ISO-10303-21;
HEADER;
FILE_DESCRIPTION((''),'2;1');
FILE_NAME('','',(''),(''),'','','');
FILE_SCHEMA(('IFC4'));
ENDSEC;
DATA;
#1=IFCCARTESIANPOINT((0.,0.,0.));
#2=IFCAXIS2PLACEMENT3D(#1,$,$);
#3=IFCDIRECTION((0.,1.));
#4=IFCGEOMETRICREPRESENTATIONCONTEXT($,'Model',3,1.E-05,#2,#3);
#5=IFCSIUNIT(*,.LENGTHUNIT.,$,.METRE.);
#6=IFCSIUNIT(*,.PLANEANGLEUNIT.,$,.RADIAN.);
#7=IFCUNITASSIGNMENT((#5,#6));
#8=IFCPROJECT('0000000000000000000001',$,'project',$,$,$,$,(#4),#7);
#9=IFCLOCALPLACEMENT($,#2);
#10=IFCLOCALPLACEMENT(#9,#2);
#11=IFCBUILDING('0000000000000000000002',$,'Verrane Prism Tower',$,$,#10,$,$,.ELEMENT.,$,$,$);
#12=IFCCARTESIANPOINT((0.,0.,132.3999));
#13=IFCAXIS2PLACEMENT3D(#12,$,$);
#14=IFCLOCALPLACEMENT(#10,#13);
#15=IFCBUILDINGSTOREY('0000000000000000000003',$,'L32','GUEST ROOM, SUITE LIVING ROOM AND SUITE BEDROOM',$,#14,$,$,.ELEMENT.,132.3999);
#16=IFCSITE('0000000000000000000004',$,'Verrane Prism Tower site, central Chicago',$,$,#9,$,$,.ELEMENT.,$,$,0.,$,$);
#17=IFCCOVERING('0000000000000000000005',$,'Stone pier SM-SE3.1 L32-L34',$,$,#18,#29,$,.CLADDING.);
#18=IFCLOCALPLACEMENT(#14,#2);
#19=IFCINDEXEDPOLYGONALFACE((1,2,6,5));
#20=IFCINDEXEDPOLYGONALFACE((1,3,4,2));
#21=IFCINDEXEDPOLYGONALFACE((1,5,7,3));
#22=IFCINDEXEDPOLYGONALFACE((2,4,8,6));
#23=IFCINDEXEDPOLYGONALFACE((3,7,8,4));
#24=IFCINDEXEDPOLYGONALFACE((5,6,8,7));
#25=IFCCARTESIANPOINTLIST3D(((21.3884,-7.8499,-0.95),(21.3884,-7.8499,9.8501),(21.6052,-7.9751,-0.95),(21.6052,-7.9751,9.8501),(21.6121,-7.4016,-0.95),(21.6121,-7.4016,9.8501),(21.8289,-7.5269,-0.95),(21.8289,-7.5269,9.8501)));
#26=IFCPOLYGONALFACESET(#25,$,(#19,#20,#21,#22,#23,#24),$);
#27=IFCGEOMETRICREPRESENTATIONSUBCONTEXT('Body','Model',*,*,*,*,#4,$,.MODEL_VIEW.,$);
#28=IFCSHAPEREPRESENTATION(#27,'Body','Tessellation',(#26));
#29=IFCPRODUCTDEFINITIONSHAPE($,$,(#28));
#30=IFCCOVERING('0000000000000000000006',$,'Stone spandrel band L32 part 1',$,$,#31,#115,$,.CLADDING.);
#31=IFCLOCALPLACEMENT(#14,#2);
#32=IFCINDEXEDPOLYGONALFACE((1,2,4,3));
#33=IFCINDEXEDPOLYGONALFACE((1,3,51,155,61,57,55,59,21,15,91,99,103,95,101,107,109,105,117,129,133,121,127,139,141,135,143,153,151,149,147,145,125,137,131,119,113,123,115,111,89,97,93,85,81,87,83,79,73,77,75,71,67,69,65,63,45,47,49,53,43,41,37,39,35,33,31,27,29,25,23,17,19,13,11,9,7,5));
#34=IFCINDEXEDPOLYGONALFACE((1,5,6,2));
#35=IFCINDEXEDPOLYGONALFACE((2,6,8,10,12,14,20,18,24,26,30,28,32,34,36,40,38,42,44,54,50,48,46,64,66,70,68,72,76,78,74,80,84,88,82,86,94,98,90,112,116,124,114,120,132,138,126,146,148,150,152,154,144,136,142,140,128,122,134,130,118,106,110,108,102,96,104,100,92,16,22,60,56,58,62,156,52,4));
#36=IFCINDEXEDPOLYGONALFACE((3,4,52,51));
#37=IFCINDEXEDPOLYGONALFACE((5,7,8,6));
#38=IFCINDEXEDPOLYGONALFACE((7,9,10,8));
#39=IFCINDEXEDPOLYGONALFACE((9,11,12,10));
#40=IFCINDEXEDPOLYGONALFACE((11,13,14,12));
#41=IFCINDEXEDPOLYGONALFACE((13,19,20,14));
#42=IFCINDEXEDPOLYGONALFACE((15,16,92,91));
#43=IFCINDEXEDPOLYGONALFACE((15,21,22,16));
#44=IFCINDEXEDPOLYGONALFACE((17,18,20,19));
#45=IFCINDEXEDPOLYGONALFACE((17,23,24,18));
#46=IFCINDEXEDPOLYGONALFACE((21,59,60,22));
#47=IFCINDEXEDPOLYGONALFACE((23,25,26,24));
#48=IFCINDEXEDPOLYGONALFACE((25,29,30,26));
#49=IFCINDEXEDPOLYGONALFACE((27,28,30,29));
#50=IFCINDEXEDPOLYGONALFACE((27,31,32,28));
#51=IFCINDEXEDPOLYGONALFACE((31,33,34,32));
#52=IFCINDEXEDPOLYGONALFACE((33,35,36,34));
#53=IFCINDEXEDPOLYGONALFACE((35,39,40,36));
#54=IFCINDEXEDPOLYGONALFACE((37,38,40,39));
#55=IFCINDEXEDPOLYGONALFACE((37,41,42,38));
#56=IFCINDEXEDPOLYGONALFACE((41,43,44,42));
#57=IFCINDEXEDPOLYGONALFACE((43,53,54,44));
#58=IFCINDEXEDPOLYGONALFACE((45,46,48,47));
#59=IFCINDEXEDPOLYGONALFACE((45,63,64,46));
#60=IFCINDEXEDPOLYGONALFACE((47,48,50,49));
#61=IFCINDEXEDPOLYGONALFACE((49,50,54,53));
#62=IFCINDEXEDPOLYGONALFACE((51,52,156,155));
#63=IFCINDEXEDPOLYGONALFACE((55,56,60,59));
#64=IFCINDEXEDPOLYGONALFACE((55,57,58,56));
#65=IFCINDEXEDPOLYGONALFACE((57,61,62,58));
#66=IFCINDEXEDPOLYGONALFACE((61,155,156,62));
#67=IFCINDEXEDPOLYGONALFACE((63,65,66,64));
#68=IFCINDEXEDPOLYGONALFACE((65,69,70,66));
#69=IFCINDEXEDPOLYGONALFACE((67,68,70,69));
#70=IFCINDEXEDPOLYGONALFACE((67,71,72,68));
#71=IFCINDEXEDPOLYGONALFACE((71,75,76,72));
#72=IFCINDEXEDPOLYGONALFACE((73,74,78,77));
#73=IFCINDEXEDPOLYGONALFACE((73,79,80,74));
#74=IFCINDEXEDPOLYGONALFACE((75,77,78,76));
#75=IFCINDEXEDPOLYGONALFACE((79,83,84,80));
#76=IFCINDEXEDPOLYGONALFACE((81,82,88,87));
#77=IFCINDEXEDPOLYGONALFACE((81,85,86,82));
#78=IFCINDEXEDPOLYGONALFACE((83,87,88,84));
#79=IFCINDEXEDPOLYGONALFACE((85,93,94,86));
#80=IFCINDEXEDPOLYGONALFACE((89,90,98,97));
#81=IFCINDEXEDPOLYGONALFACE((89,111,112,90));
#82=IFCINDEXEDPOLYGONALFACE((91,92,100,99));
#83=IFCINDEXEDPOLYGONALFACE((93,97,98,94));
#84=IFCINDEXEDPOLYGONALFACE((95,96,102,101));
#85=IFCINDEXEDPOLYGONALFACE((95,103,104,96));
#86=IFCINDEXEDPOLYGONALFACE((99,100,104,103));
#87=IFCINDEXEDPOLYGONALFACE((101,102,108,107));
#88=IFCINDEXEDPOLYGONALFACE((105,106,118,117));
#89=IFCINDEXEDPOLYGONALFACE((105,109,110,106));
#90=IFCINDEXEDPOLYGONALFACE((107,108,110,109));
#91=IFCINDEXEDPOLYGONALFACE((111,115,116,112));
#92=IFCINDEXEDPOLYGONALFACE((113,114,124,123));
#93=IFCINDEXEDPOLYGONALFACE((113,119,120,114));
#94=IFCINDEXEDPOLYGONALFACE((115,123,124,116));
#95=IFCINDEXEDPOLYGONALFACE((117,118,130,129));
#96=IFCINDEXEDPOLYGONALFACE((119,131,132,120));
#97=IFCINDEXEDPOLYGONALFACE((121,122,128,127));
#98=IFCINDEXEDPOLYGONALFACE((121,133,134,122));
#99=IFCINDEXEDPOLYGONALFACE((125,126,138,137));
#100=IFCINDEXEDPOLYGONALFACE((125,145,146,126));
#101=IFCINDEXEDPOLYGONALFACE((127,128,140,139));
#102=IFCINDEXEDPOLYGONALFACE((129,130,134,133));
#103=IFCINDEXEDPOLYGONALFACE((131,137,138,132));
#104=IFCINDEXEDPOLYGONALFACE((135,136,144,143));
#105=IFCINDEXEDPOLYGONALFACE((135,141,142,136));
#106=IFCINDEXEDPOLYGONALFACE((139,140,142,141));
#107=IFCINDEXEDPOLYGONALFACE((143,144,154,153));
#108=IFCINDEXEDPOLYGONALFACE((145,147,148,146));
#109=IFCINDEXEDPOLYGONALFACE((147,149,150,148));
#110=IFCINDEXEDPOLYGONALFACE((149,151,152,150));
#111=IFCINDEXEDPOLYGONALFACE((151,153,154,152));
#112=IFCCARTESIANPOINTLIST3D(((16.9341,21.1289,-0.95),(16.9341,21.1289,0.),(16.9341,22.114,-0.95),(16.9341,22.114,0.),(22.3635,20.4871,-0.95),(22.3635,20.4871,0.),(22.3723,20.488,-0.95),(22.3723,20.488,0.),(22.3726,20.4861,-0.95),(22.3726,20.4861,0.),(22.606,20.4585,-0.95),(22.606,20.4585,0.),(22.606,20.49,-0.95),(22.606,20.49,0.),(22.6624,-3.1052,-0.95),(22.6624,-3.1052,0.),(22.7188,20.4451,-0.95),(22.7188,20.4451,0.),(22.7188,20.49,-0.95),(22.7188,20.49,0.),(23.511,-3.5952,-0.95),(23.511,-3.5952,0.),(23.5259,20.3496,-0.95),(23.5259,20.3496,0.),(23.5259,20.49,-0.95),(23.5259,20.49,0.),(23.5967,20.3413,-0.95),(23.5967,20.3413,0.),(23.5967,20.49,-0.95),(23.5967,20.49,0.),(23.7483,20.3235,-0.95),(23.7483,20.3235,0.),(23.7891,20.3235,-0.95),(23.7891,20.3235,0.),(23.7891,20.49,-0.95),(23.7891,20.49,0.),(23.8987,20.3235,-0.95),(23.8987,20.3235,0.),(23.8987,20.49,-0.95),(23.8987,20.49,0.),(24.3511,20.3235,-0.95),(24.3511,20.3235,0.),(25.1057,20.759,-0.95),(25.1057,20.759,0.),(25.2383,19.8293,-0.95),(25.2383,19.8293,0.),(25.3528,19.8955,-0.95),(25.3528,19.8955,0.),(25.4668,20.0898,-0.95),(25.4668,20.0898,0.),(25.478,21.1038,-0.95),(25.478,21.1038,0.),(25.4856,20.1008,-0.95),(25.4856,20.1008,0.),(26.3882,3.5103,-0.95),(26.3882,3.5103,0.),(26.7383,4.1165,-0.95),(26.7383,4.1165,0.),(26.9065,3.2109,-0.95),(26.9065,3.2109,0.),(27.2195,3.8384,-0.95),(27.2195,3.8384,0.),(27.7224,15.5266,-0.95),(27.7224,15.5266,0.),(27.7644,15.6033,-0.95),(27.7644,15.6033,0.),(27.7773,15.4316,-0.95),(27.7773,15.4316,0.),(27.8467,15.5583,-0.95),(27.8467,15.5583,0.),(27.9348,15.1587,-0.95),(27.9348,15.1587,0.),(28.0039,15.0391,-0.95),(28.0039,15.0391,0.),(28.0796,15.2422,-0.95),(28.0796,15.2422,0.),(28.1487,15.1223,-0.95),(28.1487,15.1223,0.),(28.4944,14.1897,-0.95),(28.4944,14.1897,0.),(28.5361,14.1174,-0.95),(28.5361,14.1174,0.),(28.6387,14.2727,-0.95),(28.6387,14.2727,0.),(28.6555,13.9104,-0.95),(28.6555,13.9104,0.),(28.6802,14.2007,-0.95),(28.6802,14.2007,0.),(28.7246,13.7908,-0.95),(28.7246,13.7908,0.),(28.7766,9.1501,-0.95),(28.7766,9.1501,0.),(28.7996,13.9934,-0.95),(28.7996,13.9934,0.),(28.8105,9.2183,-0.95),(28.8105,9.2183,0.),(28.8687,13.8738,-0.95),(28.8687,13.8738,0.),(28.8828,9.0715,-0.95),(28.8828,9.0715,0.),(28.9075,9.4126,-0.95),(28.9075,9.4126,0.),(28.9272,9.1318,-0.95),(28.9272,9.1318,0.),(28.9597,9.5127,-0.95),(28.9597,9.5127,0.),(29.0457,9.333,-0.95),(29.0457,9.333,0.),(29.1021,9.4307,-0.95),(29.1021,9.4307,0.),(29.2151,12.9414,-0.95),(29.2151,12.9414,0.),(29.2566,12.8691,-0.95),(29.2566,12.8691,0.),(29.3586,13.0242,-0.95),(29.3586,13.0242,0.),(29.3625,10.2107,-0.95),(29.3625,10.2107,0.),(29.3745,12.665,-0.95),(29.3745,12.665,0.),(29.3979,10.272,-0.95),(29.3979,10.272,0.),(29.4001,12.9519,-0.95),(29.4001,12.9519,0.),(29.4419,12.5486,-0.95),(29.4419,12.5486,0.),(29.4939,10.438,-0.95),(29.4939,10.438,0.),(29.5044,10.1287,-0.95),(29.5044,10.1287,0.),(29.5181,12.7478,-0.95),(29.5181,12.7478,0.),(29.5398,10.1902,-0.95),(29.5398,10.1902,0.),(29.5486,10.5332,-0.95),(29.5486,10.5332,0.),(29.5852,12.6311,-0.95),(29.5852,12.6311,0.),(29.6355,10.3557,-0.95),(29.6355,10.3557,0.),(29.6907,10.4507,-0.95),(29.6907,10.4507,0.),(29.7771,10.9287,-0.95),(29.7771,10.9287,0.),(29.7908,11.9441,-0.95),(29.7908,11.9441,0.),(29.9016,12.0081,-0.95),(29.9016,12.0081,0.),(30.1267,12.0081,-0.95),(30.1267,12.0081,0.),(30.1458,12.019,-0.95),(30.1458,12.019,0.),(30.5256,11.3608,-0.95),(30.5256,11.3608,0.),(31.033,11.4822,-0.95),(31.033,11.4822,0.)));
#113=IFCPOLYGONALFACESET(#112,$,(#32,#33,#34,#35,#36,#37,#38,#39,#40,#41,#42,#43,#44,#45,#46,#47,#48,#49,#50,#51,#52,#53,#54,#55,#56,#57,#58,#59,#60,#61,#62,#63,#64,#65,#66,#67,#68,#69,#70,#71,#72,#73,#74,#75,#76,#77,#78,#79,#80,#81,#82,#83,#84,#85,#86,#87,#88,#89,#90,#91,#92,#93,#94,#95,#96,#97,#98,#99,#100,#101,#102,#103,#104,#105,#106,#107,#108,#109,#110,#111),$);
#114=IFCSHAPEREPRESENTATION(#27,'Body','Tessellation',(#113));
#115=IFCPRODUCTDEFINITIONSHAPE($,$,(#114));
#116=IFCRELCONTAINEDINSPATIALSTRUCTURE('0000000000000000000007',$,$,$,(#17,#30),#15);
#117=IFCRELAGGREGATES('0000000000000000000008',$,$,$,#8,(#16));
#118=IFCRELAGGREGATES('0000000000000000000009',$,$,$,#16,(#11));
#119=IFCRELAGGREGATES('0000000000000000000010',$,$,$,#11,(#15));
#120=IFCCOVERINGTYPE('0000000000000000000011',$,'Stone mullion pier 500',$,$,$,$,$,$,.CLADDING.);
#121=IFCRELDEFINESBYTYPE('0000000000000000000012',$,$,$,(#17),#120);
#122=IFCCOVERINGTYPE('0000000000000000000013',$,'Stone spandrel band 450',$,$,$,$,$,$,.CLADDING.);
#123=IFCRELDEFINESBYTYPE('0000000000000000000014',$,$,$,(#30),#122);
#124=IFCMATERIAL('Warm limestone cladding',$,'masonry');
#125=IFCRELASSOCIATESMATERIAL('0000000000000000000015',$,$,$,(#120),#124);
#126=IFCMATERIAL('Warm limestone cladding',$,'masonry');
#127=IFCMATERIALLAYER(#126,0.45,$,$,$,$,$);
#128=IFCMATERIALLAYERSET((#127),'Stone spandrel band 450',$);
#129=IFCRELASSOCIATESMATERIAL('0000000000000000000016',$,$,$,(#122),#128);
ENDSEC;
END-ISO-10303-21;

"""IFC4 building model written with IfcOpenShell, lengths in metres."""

from ifc_helpers import new_model, si_unit, direction, frame, origin, place, context, subcontext, project, spatial, polyline, outline, extrude, material, layer, layer_set, type_object, element, save


model = new_model("IFC4")

# Units and contexts
model_context = context("Model", 3, precision=1e-05, world=origin(), true_north=direction((0.0, 1.0)))
body_context = subcontext(model_context, "Body", "Model", "MODEL_VIEW")
ifc_project = project(units=[si_unit("LENGTHUNIT", "METRE"), si_unit("PLANEANGLEUNIT", "RADIAN")], contexts=[model_context])

# Site, building, storey
site_placement = place(None, origin())
site = spatial("IfcSite", under=ifc_project, at=site_placement, Name="Verrane Prism Tower site, central Chicago", CompositionType="ELEMENT", RefElevation=0.0)
building_placement = place(site_placement, origin())
building = spatial("IfcBuilding", under=site, at=building_placement, Name="Verrane Prism Tower", CompositionType="ELEMENT")
storey_placement = place(building_placement, frame((0.0, 0.0, 132.3999)))
storey = spatial("IfcBuildingStorey", under=building, at=storey_placement, Name="L32", Description="GUEST ROOM, SUITE LIVING ROOM AND SUITE BEDROOM", CompositionType="ELEMENT", Elevation=132.3999)

# Coverings
ifc_material_1 = material(Name="Warm limestone cladding", Category="masonry")
covering_type_1 = type_object("IfcCoveringType", Name="Stone mullion pier 500", PredefinedType="CLADDING", material=ifc_material_1)
covering_1_placement = place(storey_placement, frame((0.0, 0.0, -0.95)))
element("IfcCovering", 1, at=covering_1_placement, inside=storey, type_object=covering_type_1, Name="Stone pier SM-SE3.1 L32-L34", PredefinedType="CLADDING", context=body_context, shape_type="SweptSolid", body=[
    extrude(outline(polyline([(21.6121, -7.4016), (21.3884, -7.8499), (21.6052, -7.9751), (21.8289, -7.5269), (21.6121, -7.4016)])), origin(), (0.0, 0.0, 1.0), 10.8),
])
ifc_material_2 = material(Name="Warm limestone cladding", Category="masonry")
ifc_layer_1 = layer(ifc_material_2, 0.45)
ifc_layer_set_1 = layer_set([ifc_layer_1], Name="Stone spandrel band 450")
covering_type_2 = type_object("IfcCoveringType", Name="Stone spandrel band 450", PredefinedType="CLADDING", material=ifc_layer_set_1)
covering_2_placement = place(storey_placement, frame((0.0, 0.0, -0.95)))
element("IfcCovering", 2, at=covering_2_placement, inside=storey, type_object=covering_type_2, Name="Stone spandrel band L32 part 1", PredefinedType="CLADDING", context=body_context, shape_type="SweptSolid", body=[
    extrude(outline(polyline([(22.3726, 20.4861), (22.606, 20.4585), (22.606, 20.49), (22.7188, 20.49), (22.7188, 20.4451), (23.5259, 20.3496), (23.5259, 20.49), (23.5967, 20.49), (23.5967, 20.3413), (23.7483, 20.3235), (23.7891, 20.3235), (23.7891, 20.49), (23.8987, 20.49), (23.8987, 20.3235), (24.3511, 20.3235), (25.1057, 20.759), (25.4856, 20.1008), (25.4668, 20.0898), (25.3528, 19.8955), (25.2383, 19.8293), (27.7224, 15.5266), (27.7644, 15.6033), (27.8467, 15.5583), (27.7773, 15.4316), (27.9348, 15.1587), (28.0796, 15.2422), (28.1487, 15.1223), (28.0039, 15.0391), (28.4944, 14.1897), (28.6387, 14.2727), (28.6802, 14.2007), (28.5361, 14.1174), (28.6555, 13.9104), (28.7996, 13.9934), (28.8687, 13.8738), (28.7246, 13.7908), (29.2151, 12.9414), (29.3586, 13.0242), (29.4001, 12.9519), (29.2566, 12.8691), (29.3745, 12.665), (29.5181, 12.7478), (29.5852, 12.6311), (29.4419, 12.5486), (29.7908, 11.9441), (29.9016, 12.0081), (30.1267, 12.0081), (30.1458, 12.019), (30.5256, 11.3608), (29.7771, 10.9287), (29.5486, 10.5332), (29.6907, 10.4507), (29.6355, 10.3557), (29.4939, 10.438), (29.3979, 10.272), (29.5398, 10.1902), (29.5044, 10.1287), (29.3625, 10.2107), (28.9597, 9.5127), (29.1021, 9.4307), (29.0457, 9.333), (28.9075, 9.4126), (28.8105, 9.2183), (28.9272, 9.1318), (28.8828, 9.0715), (28.7766, 9.1501), (22.6624, -3.1052), (23.511, -3.5952), (26.9065, 3.2109), (26.3882, 3.5103), (26.7383, 4.1165), (27.2195, 3.8384), (31.033, 11.4822), (25.478, 21.1038), (16.9341, 22.114), (16.9341, 21.1289), (22.3635, 20.4871), (22.3723, 20.488), (22.3726, 20.4861)])), origin(), (0.0, 0.0, 1.0), 0.95),
])

save(model, "model.ifc")
